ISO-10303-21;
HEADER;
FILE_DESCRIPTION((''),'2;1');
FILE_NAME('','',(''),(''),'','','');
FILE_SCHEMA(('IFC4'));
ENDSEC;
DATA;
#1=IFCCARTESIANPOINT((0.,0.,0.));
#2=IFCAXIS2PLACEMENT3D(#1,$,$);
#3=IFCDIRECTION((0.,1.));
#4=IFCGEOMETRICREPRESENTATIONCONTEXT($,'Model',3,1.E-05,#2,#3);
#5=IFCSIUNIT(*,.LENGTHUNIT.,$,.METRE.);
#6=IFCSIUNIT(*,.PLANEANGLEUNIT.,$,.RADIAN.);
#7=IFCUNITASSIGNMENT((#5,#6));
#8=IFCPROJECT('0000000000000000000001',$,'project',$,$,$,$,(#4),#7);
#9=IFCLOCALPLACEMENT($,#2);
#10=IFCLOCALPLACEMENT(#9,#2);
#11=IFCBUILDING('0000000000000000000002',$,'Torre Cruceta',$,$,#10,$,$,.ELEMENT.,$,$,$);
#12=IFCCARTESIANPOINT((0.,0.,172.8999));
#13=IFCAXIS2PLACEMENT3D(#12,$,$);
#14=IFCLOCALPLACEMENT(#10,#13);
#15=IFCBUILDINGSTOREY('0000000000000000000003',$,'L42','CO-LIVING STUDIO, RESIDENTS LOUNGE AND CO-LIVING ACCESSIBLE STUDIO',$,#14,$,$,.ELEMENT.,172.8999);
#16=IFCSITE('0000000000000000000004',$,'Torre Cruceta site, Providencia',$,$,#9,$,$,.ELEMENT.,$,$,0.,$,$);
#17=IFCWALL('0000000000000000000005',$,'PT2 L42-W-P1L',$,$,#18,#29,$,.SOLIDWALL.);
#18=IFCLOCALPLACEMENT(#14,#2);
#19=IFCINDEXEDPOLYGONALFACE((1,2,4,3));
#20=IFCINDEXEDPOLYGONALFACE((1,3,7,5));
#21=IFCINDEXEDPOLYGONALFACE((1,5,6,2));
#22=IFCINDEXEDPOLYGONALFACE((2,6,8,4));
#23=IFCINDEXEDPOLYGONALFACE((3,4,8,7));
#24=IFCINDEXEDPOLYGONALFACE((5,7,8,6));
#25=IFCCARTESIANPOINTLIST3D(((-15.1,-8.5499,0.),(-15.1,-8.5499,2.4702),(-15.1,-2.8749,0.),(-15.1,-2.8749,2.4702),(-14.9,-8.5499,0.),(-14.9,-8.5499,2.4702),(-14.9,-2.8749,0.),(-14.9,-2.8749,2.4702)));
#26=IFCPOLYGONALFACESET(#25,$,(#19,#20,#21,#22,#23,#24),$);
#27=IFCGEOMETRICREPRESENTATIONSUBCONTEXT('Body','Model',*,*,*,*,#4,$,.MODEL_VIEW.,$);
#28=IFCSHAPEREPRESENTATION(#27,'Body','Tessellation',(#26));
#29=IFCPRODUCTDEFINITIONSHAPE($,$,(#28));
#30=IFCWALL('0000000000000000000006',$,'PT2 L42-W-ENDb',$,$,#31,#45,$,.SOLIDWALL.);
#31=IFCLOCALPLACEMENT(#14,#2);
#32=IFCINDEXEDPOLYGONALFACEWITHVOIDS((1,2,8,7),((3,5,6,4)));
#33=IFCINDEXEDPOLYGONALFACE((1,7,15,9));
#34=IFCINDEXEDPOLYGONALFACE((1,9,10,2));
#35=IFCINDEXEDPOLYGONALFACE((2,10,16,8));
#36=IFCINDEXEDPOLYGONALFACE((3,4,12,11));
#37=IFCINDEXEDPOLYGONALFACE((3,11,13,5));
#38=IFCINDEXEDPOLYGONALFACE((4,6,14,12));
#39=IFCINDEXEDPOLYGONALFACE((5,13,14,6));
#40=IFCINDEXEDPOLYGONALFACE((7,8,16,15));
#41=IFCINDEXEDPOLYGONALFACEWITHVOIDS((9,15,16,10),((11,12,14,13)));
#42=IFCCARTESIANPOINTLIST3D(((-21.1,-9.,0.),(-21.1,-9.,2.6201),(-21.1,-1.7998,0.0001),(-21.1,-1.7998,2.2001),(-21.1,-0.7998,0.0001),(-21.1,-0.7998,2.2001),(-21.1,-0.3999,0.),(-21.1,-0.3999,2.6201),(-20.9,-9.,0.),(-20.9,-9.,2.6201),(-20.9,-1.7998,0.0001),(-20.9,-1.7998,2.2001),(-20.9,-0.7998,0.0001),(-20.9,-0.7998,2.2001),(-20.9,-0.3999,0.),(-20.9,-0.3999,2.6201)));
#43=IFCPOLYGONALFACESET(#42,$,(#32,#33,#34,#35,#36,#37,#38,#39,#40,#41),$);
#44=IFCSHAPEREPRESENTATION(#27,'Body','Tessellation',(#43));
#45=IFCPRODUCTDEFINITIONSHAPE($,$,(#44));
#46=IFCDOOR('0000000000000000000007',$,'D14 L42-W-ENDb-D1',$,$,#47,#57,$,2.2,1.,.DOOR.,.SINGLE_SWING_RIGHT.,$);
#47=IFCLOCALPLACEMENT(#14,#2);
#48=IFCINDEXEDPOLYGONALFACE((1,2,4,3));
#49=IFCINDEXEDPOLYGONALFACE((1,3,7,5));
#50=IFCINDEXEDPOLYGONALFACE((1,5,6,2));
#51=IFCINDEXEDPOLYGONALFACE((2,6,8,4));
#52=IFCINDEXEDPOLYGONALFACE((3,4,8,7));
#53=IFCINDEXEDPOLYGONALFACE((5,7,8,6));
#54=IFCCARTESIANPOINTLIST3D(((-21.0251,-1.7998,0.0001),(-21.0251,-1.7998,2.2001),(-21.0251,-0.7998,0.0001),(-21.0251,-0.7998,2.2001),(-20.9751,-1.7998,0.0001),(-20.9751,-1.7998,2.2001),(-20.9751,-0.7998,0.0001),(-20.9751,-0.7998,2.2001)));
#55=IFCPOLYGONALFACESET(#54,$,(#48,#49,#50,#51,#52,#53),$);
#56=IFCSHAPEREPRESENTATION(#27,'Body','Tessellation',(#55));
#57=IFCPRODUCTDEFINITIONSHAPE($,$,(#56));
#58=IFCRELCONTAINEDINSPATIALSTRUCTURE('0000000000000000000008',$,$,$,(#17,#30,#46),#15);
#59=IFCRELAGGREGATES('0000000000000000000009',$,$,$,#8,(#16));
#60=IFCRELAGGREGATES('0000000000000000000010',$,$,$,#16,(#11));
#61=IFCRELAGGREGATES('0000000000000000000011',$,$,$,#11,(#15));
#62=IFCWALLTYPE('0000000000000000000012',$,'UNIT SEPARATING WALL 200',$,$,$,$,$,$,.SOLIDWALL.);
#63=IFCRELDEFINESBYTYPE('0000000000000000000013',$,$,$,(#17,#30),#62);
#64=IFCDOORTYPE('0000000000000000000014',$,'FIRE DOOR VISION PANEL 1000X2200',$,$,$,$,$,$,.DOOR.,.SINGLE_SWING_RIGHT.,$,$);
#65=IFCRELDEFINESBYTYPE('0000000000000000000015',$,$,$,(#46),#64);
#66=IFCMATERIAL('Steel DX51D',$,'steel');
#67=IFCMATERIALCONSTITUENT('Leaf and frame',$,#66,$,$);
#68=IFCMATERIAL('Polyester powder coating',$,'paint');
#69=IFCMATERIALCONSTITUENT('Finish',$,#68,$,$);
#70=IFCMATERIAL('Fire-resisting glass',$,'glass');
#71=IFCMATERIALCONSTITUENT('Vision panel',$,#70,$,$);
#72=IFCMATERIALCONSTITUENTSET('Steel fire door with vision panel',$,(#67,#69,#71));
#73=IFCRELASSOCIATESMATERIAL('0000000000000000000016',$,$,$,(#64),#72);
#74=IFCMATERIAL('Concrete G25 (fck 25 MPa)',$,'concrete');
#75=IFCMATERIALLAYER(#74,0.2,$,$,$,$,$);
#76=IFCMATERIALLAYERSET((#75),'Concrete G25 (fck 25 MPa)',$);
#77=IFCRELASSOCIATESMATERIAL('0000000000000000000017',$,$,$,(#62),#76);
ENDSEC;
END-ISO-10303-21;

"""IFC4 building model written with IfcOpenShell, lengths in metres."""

from ifc_helpers import new_model, si_unit, direction, frame, frame_2d, origin, place, context, subcontext, project, spatial, rectangle, extrude, material, layer, layer_set, constituent, constituent_set, type_object, element, fill, save


model = new_model("IFC4")

# Units and contexts
model_context = context("Model", 3, precision=1e-05, world=origin(), true_north=direction((0.0, 1.0)))
body_context = subcontext(model_context, "Body", "Model", "MODEL_VIEW")
ifc_project = project(units=[si_unit("LENGTHUNIT", "METRE"), si_unit("PLANEANGLEUNIT", "RADIAN")], contexts=[model_context])

# Site, building, storey
site_placement = place(None, origin())
site = spatial("IfcSite", under=ifc_project, at=site_placement, Name="Torre Cruceta site, Providencia", CompositionType="ELEMENT", RefElevation=0.0)
building_placement = place(site_placement, origin())
building = spatial("IfcBuilding", under=site, at=building_placement, Name="Torre Cruceta", CompositionType="ELEMENT")
storey_placement = place(building_placement, frame((0.0, 0.0, 172.8999)))
storey = spatial("IfcBuildingStorey", under=building, at=storey_placement, Name="L42", Description="CO-LIVING STUDIO, RESIDENTS LOUNGE AND CO-LIVING ACCESSIBLE STUDIO", CompositionType="ELEMENT", Elevation=172.8999)

# Shared definitions
ifc_material_1 = material(Name="Steel DX51D", Category="steel")
ifc_constituent_1 = constituent(ifc_material_1, Name="Leaf and frame")
ifc_material_2 = material(Name="Polyester powder coating", Category="paint")
ifc_constituent_2 = constituent(ifc_material_2, Name="Finish")
ifc_material_3 = material(Name="Fire-resisting glass", Category="glass")
ifc_constituent_3 = constituent(ifc_material_3, Name="Vision panel")
ifc_constituent_set_1 = constituent_set(constituents=[ifc_constituent_1, ifc_constituent_2, ifc_constituent_3], Name="Steel fire door with vision panel")
door_type_1 = type_object("IfcDoorType", Name="FIRE DOOR VISION PANEL 1000X2200", OperationType="SINGLE_SWING_RIGHT", PredefinedType="DOOR", material=ifc_constituent_set_1)

# Wall
ifc_material_4 = material(Name="Concrete G25 (fck 25 MPa)", Category="concrete")
ifc_layer_1 = layer(ifc_material_4, 0.2)
ifc_layer_set_1 = layer_set([ifc_layer_1], Name="Concrete G25 (fck 25 MPa)")
wall_type_1 = type_object("IfcWallType", Name="UNIT SEPARATING WALL 200", PredefinedType="SOLIDWALL", material=ifc_layer_set_1)
wall_1_placement = place(storey_placement, frame((-15.0, -2.875, 0.0), z_axis=(0.0, 0.0, 1.0), x_axis=(0.0, -1.0, 0.0)))
element("IfcWall", 1, at=wall_1_placement, inside=storey, type_object=wall_type_1, Name="PT2 L42-W-P1L", PredefinedType="SOLIDWALL", context=body_context, shape_type="SweptSolid", body=[
    extrude(rectangle(XDim=5.675, YDim=0.2, at=frame_2d((2.8374, 0.0))), origin(), (0.0, 0.0, 1.0), 2.4702),
])

# Wall, opening, door
wall_2_placement = place(storey_placement, frame((-21.0, -0.3999, 0.0), z_axis=(0.0, 0.0, 1.0), x_axis=(0.0, -1.0, 0.0)))
wall_2 = element("IfcWall", 2, at=wall_2_placement, inside=storey, type_object=wall_type_1, Name="PT2 L42-W-ENDb", PredefinedType="SOLIDWALL", context=body_context, shape_type="SweptSolid", body=[
    extrude(rectangle(XDim=8.6001, YDim=0.2, at=frame_2d((4.3, 0.0))), origin(), (0.0, 0.0, 1.0), 2.6201),
])
opening_1_placement = place(wall_2_placement, frame((0.3999, 0.0, 0.0)))
opening_1 = element("IfcOpeningElement", 3, at=opening_1_placement, cuts=wall_2, PredefinedType="OPENING", context=body_context, shape_type="SweptSolid", body=[
    extrude(rectangle(XDim=1.0, YDim=2.2, at=frame_2d((0.5, 1.1001))), frame((0.0, 0.1099, 0.0), z_axis=(0.0, -1.0, 0.0), x_axis=(1.0, 0.0, 0.0)), (0.0, 0.0, 1.0), 0.22),
])
door_1_placement = place(opening_1_placement, frame((1.0, 0.0, 0.0), z_axis=(0.0, 0.0, 1.0), x_axis=(-1.0, 0.0, 0.0)))
door_1 = element("IfcDoor", 4, at=door_1_placement, inside=storey, type_object=door_type_1, Name="D14 L42-W-ENDb-D1", OperationType="SINGLE_SWING_RIGHT", OverallHeight=2.2, OverallWidth=1.0, PredefinedType="DOOR", context=body_context, shape_type="SweptSolid", body=[
    extrude(rectangle(XDim=1.0, YDim=2.2, at=frame_2d((0.5, 1.1001))), frame((0.0, 0.0251, 0.0), z_axis=(0.0, -1.0, 0.0), x_axis=(1.0, 0.0, 0.0)), (0.0, 0.0, 1.0), 0.05),
])
fill(opening_1, door_1)

save(model, "model.ifc")
